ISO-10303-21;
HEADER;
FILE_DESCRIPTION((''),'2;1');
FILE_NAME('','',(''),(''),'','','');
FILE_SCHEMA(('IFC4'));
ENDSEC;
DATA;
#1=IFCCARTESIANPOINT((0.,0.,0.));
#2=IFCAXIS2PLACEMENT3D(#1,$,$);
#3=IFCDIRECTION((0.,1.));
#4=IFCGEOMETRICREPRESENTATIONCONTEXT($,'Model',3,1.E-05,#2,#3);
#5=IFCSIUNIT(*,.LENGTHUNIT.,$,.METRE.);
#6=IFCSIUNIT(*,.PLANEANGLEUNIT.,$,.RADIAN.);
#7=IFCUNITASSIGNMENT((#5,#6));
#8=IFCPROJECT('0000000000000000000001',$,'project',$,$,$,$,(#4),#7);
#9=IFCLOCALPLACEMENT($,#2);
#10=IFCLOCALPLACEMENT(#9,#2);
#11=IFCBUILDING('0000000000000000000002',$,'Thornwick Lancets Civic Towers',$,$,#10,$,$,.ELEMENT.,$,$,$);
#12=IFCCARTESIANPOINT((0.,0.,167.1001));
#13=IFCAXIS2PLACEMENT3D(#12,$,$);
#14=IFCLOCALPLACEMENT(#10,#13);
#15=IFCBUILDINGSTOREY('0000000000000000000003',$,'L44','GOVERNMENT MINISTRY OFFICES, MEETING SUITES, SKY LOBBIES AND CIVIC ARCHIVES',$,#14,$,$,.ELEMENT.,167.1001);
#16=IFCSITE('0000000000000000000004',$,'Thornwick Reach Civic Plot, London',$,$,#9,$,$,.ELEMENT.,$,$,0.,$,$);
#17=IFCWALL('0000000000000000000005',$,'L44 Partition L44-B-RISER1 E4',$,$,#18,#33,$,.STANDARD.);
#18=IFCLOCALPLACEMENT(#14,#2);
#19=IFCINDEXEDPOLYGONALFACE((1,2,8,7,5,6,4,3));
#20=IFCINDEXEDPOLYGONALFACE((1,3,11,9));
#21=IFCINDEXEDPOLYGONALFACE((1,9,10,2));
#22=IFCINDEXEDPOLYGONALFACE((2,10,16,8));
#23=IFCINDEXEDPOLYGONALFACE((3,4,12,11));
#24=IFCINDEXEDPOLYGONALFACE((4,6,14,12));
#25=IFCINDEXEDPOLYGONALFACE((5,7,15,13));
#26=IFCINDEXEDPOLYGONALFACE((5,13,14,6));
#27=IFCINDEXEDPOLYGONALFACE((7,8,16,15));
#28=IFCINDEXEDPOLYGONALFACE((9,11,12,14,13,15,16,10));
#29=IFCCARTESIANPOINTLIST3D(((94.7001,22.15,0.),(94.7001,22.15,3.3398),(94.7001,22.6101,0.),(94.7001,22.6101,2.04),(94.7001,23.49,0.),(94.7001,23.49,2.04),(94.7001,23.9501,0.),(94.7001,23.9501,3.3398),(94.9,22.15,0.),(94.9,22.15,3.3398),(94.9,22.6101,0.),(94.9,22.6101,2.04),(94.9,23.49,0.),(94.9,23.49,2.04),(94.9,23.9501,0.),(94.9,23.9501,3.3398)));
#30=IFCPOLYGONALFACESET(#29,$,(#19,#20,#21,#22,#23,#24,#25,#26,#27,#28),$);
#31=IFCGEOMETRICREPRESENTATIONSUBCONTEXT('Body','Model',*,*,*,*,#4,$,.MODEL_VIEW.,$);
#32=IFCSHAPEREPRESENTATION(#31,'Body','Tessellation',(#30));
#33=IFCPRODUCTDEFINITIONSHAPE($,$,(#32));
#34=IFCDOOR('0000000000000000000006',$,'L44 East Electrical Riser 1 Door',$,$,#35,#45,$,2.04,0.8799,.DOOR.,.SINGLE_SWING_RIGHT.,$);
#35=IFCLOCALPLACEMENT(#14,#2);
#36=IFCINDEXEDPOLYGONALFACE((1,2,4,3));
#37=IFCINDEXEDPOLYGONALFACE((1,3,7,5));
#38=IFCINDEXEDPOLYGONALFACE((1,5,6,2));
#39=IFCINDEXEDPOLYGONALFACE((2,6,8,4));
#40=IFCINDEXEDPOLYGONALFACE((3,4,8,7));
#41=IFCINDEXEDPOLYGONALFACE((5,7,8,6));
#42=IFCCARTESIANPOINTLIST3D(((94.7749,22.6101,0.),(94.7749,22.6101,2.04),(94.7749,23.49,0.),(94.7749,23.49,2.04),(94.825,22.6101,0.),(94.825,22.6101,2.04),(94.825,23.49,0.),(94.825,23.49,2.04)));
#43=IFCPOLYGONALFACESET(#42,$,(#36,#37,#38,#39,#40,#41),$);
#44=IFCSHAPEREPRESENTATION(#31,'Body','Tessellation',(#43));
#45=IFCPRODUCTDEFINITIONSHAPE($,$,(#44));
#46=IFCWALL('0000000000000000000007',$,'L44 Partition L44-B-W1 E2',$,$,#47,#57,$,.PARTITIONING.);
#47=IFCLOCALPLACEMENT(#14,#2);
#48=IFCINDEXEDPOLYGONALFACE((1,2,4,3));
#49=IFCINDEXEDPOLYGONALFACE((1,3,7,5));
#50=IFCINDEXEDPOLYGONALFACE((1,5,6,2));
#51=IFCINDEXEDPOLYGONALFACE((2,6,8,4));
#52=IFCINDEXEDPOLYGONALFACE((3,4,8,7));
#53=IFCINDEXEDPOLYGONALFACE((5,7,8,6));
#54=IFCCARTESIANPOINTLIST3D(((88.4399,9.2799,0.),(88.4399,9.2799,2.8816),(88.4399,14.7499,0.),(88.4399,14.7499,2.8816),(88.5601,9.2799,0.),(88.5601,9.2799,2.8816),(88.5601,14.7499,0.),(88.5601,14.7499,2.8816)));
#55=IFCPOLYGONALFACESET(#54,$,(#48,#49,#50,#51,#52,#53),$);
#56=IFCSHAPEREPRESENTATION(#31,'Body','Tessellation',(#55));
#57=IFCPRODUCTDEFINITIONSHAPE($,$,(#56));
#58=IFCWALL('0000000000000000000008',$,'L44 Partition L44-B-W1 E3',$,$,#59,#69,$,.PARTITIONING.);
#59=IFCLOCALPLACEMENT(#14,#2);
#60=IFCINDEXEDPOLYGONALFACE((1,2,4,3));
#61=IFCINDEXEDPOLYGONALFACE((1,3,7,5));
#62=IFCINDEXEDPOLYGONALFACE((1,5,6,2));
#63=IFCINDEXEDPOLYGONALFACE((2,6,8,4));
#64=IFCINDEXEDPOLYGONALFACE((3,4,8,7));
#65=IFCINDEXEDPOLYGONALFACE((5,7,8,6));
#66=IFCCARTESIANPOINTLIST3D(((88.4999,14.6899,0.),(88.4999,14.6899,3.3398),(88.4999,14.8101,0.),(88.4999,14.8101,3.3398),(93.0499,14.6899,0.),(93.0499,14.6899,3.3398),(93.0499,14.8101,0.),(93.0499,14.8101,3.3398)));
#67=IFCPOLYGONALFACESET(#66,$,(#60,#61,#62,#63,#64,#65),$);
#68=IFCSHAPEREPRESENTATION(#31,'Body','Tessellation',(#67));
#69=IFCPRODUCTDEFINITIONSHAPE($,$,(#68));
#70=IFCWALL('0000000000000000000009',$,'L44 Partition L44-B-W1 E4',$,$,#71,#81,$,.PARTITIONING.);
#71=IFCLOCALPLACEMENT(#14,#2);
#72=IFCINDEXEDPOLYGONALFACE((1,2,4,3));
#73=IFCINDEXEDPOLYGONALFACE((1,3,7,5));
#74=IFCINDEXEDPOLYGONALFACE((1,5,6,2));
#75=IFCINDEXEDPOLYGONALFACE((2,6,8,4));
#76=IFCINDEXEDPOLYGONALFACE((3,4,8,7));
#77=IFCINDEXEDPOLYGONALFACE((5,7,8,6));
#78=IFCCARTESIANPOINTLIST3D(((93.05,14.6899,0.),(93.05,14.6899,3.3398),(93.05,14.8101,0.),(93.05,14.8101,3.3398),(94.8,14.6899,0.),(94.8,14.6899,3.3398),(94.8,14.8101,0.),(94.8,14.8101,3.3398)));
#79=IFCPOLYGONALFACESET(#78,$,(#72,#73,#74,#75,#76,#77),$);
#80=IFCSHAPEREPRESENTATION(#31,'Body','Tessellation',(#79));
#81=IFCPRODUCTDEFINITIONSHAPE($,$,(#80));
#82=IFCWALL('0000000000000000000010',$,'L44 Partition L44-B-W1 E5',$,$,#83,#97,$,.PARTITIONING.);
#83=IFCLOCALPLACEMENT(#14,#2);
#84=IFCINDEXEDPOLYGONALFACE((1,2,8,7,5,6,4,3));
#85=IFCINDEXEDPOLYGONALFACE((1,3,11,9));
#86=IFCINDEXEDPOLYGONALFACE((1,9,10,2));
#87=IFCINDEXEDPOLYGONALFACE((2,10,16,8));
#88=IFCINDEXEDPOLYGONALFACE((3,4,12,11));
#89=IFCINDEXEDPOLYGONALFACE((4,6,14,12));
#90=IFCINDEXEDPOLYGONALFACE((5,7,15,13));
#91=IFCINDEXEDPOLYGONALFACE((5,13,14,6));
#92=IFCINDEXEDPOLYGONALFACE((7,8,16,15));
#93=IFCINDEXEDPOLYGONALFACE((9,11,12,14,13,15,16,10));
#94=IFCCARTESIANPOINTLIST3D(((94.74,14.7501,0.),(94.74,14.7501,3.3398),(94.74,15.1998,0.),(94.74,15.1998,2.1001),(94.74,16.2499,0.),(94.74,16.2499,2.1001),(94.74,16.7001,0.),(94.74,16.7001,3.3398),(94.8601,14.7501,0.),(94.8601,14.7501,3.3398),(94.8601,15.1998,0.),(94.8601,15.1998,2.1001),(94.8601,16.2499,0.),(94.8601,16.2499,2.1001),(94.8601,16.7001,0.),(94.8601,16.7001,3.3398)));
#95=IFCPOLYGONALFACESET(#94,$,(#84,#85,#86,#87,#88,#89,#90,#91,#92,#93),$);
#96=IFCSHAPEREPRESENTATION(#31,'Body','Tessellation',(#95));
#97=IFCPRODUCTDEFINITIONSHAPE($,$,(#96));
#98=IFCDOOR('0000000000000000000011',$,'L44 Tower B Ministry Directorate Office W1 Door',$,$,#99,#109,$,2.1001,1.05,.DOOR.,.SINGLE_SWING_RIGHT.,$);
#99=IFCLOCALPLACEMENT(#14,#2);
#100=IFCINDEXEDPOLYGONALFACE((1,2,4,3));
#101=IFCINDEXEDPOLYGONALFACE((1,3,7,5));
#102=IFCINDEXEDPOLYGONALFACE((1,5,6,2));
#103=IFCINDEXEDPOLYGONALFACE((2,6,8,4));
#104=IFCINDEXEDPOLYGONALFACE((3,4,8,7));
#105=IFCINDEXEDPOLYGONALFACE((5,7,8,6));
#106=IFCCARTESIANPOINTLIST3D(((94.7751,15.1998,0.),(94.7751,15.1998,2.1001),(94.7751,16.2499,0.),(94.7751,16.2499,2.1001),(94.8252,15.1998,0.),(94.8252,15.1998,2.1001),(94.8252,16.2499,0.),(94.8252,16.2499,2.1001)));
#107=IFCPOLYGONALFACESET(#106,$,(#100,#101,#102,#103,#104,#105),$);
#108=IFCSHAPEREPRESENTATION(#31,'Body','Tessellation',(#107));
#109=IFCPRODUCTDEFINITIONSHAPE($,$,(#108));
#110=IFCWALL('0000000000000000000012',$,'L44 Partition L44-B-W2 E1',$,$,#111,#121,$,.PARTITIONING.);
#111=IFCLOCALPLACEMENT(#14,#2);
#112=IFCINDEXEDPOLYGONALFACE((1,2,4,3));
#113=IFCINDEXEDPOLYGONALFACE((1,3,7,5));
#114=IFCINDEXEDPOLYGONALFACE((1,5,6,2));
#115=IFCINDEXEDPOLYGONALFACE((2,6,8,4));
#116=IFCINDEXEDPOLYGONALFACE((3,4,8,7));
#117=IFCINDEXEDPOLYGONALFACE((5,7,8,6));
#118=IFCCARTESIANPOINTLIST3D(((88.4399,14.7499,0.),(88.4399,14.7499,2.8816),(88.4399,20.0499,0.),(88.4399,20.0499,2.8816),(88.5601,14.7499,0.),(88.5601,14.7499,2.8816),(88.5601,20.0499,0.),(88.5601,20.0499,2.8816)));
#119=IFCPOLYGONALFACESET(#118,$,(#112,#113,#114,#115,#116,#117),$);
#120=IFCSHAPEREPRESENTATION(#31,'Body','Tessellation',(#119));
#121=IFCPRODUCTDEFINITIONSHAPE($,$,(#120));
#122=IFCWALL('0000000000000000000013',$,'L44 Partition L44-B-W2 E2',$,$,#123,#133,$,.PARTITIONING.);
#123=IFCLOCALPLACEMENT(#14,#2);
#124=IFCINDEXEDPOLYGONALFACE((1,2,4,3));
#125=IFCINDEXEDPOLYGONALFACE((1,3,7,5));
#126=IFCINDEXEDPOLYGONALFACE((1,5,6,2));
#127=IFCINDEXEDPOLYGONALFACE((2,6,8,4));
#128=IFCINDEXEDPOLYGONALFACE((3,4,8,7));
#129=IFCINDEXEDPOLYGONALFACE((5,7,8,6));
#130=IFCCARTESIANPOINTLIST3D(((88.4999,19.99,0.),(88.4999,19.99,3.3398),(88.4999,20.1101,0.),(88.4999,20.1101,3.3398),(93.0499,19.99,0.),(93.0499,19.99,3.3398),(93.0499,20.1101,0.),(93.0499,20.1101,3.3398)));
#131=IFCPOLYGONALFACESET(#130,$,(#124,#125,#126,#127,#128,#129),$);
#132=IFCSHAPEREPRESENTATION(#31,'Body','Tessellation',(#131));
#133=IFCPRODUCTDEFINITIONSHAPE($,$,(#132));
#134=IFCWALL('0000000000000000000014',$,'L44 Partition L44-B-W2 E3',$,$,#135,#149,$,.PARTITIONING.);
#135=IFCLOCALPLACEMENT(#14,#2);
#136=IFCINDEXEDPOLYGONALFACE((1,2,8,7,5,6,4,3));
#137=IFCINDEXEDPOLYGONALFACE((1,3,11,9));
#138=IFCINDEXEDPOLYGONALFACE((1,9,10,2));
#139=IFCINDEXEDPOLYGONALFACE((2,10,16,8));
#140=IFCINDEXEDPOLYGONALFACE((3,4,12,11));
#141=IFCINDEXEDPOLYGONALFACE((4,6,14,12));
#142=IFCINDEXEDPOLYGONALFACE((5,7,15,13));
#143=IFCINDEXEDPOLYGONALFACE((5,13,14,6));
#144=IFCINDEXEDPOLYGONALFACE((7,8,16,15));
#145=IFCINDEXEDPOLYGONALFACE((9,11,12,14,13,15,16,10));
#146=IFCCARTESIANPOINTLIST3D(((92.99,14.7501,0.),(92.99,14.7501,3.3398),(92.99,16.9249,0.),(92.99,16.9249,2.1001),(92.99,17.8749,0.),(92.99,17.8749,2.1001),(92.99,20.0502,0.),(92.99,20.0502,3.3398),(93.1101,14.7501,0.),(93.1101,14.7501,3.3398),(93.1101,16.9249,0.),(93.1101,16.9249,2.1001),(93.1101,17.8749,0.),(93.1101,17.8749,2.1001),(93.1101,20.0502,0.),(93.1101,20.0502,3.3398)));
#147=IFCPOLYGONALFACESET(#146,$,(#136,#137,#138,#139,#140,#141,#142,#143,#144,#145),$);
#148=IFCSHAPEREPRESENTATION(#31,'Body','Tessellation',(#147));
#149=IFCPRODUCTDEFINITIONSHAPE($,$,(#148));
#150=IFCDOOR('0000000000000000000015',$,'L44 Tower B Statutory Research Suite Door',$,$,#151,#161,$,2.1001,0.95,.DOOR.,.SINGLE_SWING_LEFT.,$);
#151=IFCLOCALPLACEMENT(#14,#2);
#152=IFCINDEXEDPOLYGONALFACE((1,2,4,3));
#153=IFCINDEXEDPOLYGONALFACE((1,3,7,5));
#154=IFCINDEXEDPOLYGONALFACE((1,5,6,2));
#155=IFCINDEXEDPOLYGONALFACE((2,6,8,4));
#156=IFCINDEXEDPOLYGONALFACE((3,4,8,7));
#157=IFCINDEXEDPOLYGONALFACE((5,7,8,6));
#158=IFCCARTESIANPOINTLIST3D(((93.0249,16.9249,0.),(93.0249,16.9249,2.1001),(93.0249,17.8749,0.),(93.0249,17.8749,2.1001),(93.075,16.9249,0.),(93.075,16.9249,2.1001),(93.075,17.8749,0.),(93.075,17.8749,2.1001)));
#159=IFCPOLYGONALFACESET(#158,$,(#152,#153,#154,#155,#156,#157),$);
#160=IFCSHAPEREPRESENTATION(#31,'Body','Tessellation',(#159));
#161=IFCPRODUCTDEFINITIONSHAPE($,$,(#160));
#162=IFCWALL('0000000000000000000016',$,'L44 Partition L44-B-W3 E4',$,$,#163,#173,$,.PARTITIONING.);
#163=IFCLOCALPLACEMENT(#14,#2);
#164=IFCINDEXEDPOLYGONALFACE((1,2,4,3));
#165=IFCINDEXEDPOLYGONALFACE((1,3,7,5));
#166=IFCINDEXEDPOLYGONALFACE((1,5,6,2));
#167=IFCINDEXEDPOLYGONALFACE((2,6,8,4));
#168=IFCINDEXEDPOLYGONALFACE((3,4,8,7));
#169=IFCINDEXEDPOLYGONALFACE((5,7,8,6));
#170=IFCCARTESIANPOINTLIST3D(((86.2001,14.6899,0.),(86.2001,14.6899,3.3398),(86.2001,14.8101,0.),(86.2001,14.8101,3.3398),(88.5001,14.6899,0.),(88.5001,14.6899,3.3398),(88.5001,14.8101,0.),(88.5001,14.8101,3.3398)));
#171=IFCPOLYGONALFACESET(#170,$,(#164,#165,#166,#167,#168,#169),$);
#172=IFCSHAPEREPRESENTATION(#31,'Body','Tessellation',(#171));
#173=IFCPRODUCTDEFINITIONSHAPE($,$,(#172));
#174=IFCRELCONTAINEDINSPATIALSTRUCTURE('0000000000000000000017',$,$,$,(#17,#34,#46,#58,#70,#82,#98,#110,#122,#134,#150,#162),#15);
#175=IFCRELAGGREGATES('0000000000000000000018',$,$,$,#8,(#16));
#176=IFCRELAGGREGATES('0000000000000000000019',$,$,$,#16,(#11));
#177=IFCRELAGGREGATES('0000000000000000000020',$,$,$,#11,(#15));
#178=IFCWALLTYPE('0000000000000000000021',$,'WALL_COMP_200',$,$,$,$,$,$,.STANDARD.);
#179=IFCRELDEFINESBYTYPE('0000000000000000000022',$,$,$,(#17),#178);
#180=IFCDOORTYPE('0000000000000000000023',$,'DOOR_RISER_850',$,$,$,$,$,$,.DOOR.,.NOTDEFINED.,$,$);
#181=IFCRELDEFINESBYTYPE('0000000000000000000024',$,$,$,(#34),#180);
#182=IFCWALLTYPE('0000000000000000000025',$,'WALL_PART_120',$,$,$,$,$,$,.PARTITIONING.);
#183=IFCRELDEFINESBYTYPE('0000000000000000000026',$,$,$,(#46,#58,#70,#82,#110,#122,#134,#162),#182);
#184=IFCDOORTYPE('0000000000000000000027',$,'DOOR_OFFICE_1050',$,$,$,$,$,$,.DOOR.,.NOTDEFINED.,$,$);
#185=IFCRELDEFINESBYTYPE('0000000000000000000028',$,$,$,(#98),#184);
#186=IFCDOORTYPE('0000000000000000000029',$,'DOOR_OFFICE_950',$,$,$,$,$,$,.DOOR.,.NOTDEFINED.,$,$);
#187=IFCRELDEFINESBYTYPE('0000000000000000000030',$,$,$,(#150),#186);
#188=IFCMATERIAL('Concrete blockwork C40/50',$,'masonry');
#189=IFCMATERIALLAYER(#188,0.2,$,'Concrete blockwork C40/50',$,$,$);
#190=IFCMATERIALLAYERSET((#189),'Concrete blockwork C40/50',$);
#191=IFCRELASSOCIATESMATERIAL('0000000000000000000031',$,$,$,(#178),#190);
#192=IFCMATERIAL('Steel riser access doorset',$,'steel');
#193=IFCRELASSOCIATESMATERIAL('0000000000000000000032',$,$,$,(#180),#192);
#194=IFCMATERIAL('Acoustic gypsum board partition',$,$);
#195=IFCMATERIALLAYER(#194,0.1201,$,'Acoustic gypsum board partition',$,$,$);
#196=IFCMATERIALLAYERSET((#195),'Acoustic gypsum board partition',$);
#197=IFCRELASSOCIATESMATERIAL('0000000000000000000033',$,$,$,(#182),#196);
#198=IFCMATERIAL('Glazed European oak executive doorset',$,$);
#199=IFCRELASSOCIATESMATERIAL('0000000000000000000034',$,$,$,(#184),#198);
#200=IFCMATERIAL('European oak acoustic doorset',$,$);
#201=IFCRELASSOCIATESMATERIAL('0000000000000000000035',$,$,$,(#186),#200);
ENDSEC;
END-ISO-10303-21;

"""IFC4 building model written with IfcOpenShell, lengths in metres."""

from ifc_helpers import new_model, si_unit, direction, frame, frame_2d, origin, place, context, subcontext, project, spatial, rectangle, extrude, material, layer, layer_set, type_object, element, fill, save


model = new_model("IFC4")

# Units and contexts
model_context = context("Model", 3, precision=1e-05, world=origin(), true_north=direction((0.0, 1.0)))
body_context = subcontext(model_context, "Body", "Model", "MODEL_VIEW")
ifc_project = project(units=[si_unit("LENGTHUNIT", "METRE"), si_unit("PLANEANGLEUNIT", "RADIAN")], contexts=[model_context])

# Site, building, storey
site_placement = place(None, origin())
site = spatial("IfcSite", under=ifc_project, at=site_placement, Name="Thornwick Reach Civic Plot, London", CompositionType="ELEMENT", RefElevation=0.0)
building_placement = place(site_placement, origin())
building = spatial("IfcBuilding", under=site, at=building_placement, Name="Thornwick Lancets Civic Towers", CompositionType="ELEMENT")
storey_placement = place(building_placement, frame((0.0, 0.0, 167.1001)))
storey = spatial("IfcBuildingStorey", under=building, at=storey_placement, Name="L44", Description="GOVERNMENT MINISTRY OFFICES, MEETING SUITES, SKY LOBBIES AND CIVIC ARCHIVES", CompositionType="ELEMENT", Elevation=167.1001)

# Shared definitions
ifc_material_1 = material(Name="Concrete blockwork C40/50", Category="masonry")
ifc_layer_1 = layer(ifc_material_1, 0.2, Name="Concrete blockwork C40/50")
ifc_layer_set_1 = layer_set([ifc_layer_1], Name="Concrete blockwork C40/50")
wall_type_1 = type_object("IfcWallType", Name="WALL_COMP_200", PredefinedType="STANDARD", material=ifc_layer_set_1)

# Wall, opening, door
wall_1_placement = place(storey_placement, frame((94.8, 23.95, 0.0), z_axis=(0.0, 0.0, 1.0), x_axis=(0.0, -1.0, 0.0)))
wall_1 = element("IfcWall", 1, at=wall_1_placement, inside=storey, type_object=wall_type_1, Name="L44 Partition L44-B-RISER1 E4", PredefinedType="STANDARD", context=body_context, shape_type="SweptSolid", body=[
    extrude(rectangle(XDim=1.8, YDim=0.2, at=frame_2d((0.8999, 0.0))), origin(), (0.0, 0.0, 1.0), 3.3398),
])
opening_1_placement = place(wall_1_placement, frame((0.46, 0.0, 0.0)))
opening_1 = element("IfcOpeningElement", 2, at=opening_1_placement, cuts=wall_1, PredefinedType="OPENING", context=body_context, shape_type="SweptSolid", body=[
    extrude(rectangle(XDim=0.8799, YDim=2.04, at=frame_2d((0.4399, 1.02))), frame((0.0, 0.1099, 0.0), z_axis=(0.0, -1.0, 0.0), x_axis=(1.0, 0.0, 0.0)), (0.0, 0.0, 1.0), 0.22),
])
ifc_material_2 = material(Name="Steel riser access doorset", Category="steel")
door_type_1 = type_object("IfcDoorType", Name="DOOR_RISER_850", OperationType="NOTDEFINED", PredefinedType="DOOR", material=ifc_material_2)
door_1_placement = place(opening_1_placement, origin())
door_1 = element("IfcDoor", 3, at=door_1_placement, inside=storey, type_object=door_type_1, Name="L44 East Electrical Riser 1 Door", OperationType="SINGLE_SWING_RIGHT", OverallHeight=2.04, OverallWidth=0.8799, PredefinedType="DOOR", context=body_context, shape_type="SweptSolid", body=[
    extrude(rectangle(XDim=0.8799, YDim=2.04, at=frame_2d((0.4399, 1.02))), frame((0.0, 0.0249, 0.0), z_axis=(0.0, -1.0, 0.0), x_axis=(1.0, 0.0, 0.0)), (0.0, 0.0, 1.0), 0.05),
])
fill(opening_1, door_1)

# Walls
ifc_material_3 = material(Name="Acoustic gypsum board partition")
ifc_layer_2 = layer(ifc_material_3, 0.1201, Name="Acoustic gypsum board partition")
ifc_layer_set_2 = layer_set([ifc_layer_2], Name="Acoustic gypsum board partition")
wall_type_2 = type_object("IfcWallType", Name="WALL_PART_120", PredefinedType="PARTITIONING", material=ifc_layer_set_2)
wall_2_placement = place(storey_placement, frame((88.5, 9.28, 0.0), z_axis=(0.0, 0.0, 1.0), x_axis=(0.0, 1.0, 0.0)))
element("IfcWall", 4, at=wall_2_placement, inside=storey, type_object=wall_type_2, Name="L44 Partition L44-B-W1 E2", PredefinedType="PARTITIONING", context=body_context, shape_type="SweptSolid", body=[
    extrude(rectangle(XDim=5.47, YDim=0.1201, at=frame_2d((2.7349, 0.0))), origin(), (0.0, 0.0, 1.0), 2.8816),
])
wall_3_placement = place(storey_placement, frame((88.5, 14.75, 0.0), z_axis=(0.0, 0.0, 1.0), x_axis=(1.0, 0.0, 0.0)))
element("IfcWall", 5, at=wall_3_placement, inside=storey, type_object=wall_type_2, Name="L44 Partition L44-B-W1 E3", PredefinedType="PARTITIONING", context=body_context, shape_type="SweptSolid", body=[
    extrude(rectangle(XDim=4.55, YDim=0.1201, at=frame_2d((2.2749, 0.0))), origin(), (0.0, 0.0, 1.0), 3.3398),
])
wall_4_placement = place(storey_placement, frame((93.05, 14.75, 0.0), z_axis=(0.0, 0.0, 1.0), x_axis=(1.0, 0.0, 0.0)))
element("IfcWall", 6, at=wall_4_placement, inside=storey, type_object=wall_type_2, Name="L44 Partition L44-B-W1 E4", PredefinedType="PARTITIONING", context=body_context, shape_type="SweptSolid", body=[
    extrude(rectangle(XDim=1.75, YDim=0.1201, at=frame_2d((0.875, 0.0))), origin(), (0.0, 0.0, 1.0), 3.3398),
])

# Wall, opening, door
wall_5_placement = place(storey_placement, frame((94.8, 14.75, 0.0), z_axis=(0.0, 0.0, 1.0), x_axis=(0.0, 1.0, 0.0)))
wall_5 = element("IfcWall", 7, at=wall_5_placement, inside=storey, type_object=wall_type_2, Name="L44 Partition L44-B-W1 E5", PredefinedType="PARTITIONING", context=body_context, shape_type="SweptSolid", body=[
    extrude(rectangle(XDim=1.95, YDim=0.1201, at=frame_2d((0.9751, 0.0))), origin(), (0.0, 0.0, 1.0), 3.3398),
])
opening_2_placement = place(wall_5_placement, frame((0.45, 0.0, 0.0)))
opening_2 = element("IfcOpeningElement", 8, at=opening_2_placement, cuts=wall_5, PredefinedType="OPENING", context=body_context, shape_type="SweptSolid", body=[
    extrude(rectangle(XDim=1.05, YDim=2.1001, at=frame_2d((0.5249, 1.05))), frame((0.0, 0.0701, 0.0), z_axis=(0.0, -1.0, 0.0), x_axis=(1.0, 0.0, 0.0)), (0.0, 0.0, 1.0), 0.1401),
])
ifc_material_4 = material(Name="Glazed European oak executive doorset")
door_type_2 = type_object("IfcDoorType", Name="DOOR_OFFICE_1050", OperationType="NOTDEFINED", PredefinedType="DOOR", material=ifc_material_4)
door_2_placement = place(opening_2_placement, origin())
door_2 = element("IfcDoor", 9, at=door_2_placement, inside=storey, type_object=door_type_2, Name="L44 Tower B Ministry Directorate Office W1 Door", OperationType="SINGLE_SWING_RIGHT", OverallHeight=2.1001, OverallWidth=1.05, PredefinedType="DOOR", context=body_context, shape_type="SweptSolid", body=[
    extrude(rectangle(XDim=1.05, YDim=2.1001, at=frame_2d((0.5249, 1.05))), frame((0.0, 0.0249, 0.0), z_axis=(0.0, -1.0, 0.0), x_axis=(1.0, 0.0, 0.0)), (0.0, 0.0, 1.0), 0.05),
])
fill(opening_2, door_2)

# Walls
wall_6_placement = place(storey_placement, frame((88.5, 14.75, 0.0), z_axis=(0.0, 0.0, 1.0), x_axis=(0.0, 1.0, 0.0)))
element("IfcWall", 10, at=wall_6_placement, inside=storey, type_object=wall_type_2, Name="L44 Partition L44-B-W2 E1", PredefinedType="PARTITIONING", context=body_context, shape_type="SweptSolid", body=[
    extrude(rectangle(XDim=5.3, YDim=0.1201, at=frame_2d((2.6499, 0.0))), origin(), (0.0, 0.0, 1.0), 2.8816),
])
wall_7_placement = place(storey_placement, frame((88.5, 20.05, 0.0), z_axis=(0.0, 0.0, 1.0), x_axis=(1.0, 0.0, 0.0)))
element("IfcWall", 11, at=wall_7_placement, inside=storey, type_object=wall_type_2, Name="L44 Partition L44-B-W2 E2", PredefinedType="PARTITIONING", context=body_context, shape_type="SweptSolid", body=[
    extrude(rectangle(XDim=4.55, YDim=0.1201, at=frame_2d((2.2749, 0.0))), origin(), (0.0, 0.0, 1.0), 3.3398),
])

# Wall, opening, door
wall_8_placement = place(storey_placement, frame((93.05, 20.05, 0.0), z_axis=(0.0, 0.0, 1.0), x_axis=(0.0, -1.0, 0.0)))
wall_8 = element("IfcWall", 12, at=wall_8_placement, inside=storey, type_object=wall_type_2, Name="L44 Partition L44-B-W2 E3", PredefinedType="PARTITIONING", context=body_context, shape_type="SweptSolid", body=[
    extrude(rectangle(XDim=5.3, YDim=0.1201, at=frame_2d((2.6499, 0.0))), origin(), (0.0, 0.0, 1.0), 3.3398),
])
opening_3_placement = place(wall_8_placement, frame((2.175, 0.0, 0.0)))
opening_3 = element("IfcOpeningElement", 13, at=opening_3_placement, cuts=wall_8, PredefinedType="OPENING", context=body_context, shape_type="SweptSolid", body=[
    extrude(rectangle(XDim=0.95, YDim=2.1001, at=frame_2d((0.4751, 1.05))), frame((0.0, 0.0701, 0.0), z_axis=(0.0, -1.0, 0.0), x_axis=(1.0, 0.0, 0.0)), (0.0, 0.0, 1.0), 0.1401),
])
ifc_material_5 = material(Name="European oak acoustic doorset")
door_type_3 = type_object("IfcDoorType", Name="DOOR_OFFICE_950", OperationType="NOTDEFINED", PredefinedType="DOOR", material=ifc_material_5)
door_3_placement = place(opening_3_placement, origin())
door_3 = element("IfcDoor", 14, at=door_3_placement, inside=storey, type_object=door_type_3, Name="L44 Tower B Statutory Research Suite Door", OperationType="SINGLE_SWING_LEFT", OverallHeight=2.1001, OverallWidth=0.95, PredefinedType="DOOR", context=body_context, shape_type="SweptSolid", body=[
    extrude(rectangle(XDim=0.95, YDim=2.1001, at=frame_2d((0.4751, 1.05))), frame((0.0, 0.0249, 0.0), z_axis=(0.0, -1.0, 0.0), x_axis=(1.0, 0.0, 0.0)), (0.0, 0.0, 1.0), 0.05),
])
fill(opening_3, door_3)

# Wall
wall_9_placement = place(storey_placement, frame((88.5, 14.75, 0.0), z_axis=(0.0, 0.0, 1.0), x_axis=(-1.0, 0.0, 0.0)))
element("IfcWall", 15, at=wall_9_placement, inside=storey, type_object=wall_type_2, Name="L44 Partition L44-B-W3 E4", PredefinedType="PARTITIONING", context=body_context, shape_type="SweptSolid", body=[
    extrude(rectangle(XDim=2.3, YDim=0.1201, at=frame_2d((1.1499, 0.0))), origin(), (0.0, 0.0, 1.0), 3.3398),
])

save(model, "model.ifc")
